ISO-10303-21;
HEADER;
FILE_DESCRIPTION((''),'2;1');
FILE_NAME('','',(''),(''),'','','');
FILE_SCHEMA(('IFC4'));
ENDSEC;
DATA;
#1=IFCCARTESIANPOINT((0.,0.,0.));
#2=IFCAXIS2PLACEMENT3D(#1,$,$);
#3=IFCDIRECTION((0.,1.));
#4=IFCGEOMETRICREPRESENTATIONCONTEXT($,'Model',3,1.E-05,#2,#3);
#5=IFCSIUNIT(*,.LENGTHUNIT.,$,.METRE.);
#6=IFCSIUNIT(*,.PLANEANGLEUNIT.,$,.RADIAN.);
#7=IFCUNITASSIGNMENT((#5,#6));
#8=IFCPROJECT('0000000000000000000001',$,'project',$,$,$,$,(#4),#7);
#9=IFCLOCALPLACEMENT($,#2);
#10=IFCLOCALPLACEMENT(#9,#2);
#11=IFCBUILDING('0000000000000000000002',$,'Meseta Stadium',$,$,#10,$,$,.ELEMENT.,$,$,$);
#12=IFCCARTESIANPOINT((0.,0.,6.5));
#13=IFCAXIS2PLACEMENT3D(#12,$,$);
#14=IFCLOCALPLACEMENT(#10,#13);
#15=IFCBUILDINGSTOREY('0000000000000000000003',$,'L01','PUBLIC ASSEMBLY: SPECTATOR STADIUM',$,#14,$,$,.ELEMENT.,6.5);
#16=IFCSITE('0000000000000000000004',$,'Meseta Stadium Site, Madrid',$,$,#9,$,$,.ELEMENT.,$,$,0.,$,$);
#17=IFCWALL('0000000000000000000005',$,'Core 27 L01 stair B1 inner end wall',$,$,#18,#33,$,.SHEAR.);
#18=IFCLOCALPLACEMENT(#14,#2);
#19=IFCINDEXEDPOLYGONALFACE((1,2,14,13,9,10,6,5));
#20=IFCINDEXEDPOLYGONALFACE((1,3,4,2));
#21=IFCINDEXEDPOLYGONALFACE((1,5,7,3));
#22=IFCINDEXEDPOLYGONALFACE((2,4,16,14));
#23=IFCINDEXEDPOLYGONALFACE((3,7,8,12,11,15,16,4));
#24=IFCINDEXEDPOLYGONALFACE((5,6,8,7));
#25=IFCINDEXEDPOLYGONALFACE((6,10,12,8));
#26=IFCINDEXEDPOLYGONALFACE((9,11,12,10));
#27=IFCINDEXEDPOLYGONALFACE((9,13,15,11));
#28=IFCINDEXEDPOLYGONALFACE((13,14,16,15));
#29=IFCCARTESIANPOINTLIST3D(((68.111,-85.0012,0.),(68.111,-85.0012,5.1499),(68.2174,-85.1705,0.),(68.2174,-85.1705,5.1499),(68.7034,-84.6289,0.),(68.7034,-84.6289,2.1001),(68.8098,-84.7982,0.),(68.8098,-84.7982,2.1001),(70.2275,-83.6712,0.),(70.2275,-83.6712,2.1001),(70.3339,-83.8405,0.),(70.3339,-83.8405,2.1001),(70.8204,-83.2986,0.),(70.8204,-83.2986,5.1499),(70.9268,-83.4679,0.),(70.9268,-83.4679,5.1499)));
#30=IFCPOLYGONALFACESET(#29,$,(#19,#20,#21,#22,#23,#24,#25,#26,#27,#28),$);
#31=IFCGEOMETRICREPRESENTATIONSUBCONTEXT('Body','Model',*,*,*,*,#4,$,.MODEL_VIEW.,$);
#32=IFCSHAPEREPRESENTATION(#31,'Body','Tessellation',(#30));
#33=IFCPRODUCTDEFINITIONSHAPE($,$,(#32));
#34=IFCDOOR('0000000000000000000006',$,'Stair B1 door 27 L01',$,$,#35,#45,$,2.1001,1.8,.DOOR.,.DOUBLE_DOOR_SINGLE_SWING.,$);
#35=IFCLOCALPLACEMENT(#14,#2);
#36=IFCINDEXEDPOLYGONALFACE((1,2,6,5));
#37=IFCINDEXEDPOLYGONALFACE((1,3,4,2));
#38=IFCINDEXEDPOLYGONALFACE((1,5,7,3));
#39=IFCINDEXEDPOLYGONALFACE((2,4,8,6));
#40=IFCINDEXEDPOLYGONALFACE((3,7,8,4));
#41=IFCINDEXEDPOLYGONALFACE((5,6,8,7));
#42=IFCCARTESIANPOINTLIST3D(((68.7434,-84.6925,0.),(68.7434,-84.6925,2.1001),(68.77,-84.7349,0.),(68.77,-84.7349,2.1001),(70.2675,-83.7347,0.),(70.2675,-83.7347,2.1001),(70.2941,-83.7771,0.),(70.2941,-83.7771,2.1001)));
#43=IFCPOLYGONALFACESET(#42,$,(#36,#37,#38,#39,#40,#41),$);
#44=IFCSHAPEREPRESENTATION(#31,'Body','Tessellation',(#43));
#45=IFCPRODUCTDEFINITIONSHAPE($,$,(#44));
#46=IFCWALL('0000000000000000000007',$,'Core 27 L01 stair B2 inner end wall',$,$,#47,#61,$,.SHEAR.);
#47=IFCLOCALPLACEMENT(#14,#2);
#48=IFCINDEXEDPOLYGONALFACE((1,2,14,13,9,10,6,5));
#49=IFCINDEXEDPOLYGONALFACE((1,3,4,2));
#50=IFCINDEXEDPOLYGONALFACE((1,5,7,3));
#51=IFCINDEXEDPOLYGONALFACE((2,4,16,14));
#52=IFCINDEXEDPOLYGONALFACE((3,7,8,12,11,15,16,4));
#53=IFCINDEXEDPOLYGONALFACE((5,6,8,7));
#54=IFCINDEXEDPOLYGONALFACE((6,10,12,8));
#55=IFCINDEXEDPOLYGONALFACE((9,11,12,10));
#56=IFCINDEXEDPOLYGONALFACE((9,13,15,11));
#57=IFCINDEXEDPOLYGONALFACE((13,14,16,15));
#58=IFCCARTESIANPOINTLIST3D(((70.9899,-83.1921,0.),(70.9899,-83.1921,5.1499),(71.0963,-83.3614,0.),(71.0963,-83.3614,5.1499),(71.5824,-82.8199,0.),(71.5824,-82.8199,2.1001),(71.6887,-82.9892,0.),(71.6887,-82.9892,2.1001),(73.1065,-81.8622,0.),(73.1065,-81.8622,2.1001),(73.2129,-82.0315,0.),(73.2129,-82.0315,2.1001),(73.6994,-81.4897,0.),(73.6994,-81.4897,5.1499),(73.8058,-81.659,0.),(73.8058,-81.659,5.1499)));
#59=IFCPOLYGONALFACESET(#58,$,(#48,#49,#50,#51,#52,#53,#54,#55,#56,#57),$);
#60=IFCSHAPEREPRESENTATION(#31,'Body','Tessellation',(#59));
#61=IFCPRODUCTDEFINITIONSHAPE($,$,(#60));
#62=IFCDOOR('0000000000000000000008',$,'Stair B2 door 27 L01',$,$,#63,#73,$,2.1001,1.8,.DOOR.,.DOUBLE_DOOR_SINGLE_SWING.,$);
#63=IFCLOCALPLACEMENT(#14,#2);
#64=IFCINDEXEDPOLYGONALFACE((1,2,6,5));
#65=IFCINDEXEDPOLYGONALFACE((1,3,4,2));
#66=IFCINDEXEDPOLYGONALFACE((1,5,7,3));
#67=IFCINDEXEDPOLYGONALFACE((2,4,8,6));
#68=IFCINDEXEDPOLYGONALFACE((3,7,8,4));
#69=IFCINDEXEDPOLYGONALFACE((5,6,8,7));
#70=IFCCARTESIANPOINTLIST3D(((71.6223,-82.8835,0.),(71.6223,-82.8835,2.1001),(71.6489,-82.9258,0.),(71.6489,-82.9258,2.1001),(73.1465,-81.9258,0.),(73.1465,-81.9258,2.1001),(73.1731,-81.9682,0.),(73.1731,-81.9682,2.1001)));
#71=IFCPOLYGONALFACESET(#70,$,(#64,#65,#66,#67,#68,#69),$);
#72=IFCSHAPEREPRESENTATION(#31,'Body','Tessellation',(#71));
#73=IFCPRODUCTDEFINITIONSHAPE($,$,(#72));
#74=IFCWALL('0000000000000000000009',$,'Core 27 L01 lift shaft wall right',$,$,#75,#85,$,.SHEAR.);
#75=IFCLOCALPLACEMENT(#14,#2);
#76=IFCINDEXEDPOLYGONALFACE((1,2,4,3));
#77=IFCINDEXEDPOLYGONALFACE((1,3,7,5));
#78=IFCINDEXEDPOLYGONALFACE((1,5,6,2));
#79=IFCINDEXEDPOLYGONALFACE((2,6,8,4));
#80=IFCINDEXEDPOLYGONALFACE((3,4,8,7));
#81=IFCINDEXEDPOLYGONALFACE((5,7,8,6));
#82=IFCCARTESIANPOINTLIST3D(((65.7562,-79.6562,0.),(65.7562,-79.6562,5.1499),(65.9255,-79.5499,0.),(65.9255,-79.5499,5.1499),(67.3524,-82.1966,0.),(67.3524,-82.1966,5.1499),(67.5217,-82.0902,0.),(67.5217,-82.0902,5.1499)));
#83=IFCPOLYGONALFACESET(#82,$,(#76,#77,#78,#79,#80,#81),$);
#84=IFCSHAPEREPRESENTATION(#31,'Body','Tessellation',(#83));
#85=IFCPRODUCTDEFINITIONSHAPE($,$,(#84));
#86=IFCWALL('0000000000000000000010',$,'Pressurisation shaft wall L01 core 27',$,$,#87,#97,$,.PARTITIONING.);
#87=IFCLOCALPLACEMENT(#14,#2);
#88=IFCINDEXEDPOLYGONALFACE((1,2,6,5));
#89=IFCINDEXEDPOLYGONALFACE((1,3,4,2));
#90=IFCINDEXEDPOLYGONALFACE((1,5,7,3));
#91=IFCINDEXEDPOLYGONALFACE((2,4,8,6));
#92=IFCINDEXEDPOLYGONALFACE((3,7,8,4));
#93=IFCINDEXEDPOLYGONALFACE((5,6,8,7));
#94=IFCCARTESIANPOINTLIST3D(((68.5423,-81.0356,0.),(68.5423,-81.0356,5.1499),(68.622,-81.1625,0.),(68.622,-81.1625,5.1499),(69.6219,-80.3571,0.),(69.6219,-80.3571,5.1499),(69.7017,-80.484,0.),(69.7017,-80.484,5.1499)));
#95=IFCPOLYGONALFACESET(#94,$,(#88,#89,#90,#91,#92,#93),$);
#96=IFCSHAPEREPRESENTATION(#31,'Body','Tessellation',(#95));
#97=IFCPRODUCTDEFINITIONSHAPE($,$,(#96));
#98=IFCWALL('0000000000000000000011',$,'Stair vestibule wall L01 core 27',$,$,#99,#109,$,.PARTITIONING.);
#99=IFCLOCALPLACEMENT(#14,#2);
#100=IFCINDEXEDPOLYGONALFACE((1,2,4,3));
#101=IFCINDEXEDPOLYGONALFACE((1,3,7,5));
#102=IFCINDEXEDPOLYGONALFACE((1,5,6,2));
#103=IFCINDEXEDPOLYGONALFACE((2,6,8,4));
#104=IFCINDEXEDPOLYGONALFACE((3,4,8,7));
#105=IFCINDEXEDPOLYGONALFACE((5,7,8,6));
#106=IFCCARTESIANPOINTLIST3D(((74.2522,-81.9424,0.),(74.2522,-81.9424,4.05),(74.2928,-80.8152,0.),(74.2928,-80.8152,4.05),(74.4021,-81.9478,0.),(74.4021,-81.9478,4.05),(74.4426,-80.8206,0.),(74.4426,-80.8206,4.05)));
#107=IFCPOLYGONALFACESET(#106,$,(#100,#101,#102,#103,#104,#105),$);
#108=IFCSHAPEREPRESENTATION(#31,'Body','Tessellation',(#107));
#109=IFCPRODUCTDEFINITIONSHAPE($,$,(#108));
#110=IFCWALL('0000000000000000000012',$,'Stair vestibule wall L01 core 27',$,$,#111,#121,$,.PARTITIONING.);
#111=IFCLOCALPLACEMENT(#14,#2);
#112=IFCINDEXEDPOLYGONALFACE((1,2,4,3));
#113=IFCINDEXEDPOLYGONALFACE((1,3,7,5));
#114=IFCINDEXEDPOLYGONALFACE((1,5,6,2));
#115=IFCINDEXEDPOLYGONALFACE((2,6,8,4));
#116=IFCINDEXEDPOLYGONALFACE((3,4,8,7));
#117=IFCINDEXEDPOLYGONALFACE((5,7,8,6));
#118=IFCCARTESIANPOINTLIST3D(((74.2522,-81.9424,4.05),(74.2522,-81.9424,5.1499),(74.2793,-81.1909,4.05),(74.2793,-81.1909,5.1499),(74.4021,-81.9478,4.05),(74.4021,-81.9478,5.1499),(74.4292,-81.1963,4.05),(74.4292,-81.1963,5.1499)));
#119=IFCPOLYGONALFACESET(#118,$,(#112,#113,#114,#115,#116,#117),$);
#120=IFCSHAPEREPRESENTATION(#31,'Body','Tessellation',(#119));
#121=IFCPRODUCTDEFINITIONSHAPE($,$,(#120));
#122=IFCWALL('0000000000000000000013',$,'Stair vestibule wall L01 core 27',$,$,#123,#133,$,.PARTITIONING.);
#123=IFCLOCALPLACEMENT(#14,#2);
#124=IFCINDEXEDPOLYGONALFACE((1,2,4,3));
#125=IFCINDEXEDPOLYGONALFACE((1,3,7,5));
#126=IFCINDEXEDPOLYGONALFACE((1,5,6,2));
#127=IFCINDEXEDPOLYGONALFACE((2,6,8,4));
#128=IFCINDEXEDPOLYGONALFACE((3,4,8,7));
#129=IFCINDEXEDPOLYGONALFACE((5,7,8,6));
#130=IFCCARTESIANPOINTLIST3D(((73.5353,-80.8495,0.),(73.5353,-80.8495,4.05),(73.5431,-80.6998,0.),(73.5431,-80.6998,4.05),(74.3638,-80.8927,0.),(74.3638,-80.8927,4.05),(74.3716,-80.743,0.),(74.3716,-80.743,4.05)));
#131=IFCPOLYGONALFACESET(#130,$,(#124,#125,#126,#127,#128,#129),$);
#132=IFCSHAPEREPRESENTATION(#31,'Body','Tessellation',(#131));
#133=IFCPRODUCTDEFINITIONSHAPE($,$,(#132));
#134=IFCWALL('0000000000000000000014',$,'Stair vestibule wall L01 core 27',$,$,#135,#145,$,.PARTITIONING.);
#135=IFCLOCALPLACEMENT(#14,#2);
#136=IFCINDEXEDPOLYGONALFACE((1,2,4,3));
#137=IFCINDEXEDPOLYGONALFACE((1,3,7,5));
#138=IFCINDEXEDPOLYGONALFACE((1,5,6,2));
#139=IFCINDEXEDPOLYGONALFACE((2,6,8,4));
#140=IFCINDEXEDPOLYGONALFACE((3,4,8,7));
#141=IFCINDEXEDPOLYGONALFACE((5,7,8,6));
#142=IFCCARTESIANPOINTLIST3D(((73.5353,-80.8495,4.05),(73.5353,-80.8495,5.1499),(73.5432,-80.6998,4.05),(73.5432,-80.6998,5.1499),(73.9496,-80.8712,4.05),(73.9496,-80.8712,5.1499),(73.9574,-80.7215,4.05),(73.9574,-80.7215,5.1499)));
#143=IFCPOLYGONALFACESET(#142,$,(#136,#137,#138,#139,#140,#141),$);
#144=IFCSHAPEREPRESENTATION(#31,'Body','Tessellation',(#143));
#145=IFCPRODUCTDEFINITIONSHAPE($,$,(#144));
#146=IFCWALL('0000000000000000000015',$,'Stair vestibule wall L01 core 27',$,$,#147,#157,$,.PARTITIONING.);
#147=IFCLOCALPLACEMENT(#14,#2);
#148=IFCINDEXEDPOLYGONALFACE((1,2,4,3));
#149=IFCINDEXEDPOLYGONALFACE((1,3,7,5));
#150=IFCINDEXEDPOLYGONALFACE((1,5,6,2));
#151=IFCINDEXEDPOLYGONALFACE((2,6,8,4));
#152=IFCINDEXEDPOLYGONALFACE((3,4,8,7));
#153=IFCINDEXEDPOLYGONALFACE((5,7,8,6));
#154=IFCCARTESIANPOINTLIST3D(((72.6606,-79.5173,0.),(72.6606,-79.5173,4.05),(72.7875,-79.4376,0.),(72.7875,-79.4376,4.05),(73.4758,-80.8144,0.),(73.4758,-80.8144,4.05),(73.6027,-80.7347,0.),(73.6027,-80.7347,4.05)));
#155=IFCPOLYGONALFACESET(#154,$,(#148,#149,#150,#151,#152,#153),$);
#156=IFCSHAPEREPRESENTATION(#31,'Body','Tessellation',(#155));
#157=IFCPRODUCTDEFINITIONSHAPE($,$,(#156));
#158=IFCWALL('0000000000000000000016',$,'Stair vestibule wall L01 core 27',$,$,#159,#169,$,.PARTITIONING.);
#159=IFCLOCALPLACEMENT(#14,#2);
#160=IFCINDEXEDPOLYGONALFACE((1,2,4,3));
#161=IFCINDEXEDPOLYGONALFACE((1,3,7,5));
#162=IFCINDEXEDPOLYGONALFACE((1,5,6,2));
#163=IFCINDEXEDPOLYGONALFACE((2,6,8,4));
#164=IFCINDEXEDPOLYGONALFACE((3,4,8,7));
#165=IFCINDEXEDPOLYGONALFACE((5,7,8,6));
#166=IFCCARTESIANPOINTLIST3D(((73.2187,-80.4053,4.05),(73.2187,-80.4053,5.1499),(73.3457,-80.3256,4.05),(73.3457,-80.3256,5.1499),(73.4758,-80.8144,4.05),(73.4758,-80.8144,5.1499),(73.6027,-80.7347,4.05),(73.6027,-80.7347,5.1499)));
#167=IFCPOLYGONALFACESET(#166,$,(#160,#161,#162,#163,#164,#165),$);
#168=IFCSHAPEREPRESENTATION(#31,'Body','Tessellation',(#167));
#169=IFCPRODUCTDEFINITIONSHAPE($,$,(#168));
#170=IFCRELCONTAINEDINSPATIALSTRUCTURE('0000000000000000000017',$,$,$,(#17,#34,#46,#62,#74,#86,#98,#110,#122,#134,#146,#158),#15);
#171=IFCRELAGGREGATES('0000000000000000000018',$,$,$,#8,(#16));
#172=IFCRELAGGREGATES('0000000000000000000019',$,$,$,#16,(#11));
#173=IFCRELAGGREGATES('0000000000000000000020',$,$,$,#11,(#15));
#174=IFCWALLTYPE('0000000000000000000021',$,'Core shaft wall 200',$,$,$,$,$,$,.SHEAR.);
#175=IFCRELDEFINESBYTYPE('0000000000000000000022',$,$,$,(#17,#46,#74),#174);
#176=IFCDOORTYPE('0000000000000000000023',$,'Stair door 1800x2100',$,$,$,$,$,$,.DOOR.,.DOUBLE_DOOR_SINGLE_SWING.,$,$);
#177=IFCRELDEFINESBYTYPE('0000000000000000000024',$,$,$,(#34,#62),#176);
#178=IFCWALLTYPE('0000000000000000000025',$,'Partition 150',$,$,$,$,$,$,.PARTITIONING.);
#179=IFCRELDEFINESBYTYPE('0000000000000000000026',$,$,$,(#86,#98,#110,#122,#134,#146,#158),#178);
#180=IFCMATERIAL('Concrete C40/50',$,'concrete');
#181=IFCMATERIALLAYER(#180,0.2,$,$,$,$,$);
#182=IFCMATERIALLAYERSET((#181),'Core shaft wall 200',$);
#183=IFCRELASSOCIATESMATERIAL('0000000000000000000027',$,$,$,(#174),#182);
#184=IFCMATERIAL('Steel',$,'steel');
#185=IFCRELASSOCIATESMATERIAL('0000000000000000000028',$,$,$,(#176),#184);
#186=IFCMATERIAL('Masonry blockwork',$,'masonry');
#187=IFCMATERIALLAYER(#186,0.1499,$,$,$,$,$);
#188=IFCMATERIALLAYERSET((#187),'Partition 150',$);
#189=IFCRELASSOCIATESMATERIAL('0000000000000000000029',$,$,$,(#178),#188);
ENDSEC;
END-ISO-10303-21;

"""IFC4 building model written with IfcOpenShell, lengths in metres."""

from ifc_helpers import new_model, si_unit, direction, frame, frame_2d, origin, place, context, subcontext, project, spatial, rectangle, extrude, material, layer, layer_set, type_object, element, fill, save


model = new_model("IFC4")

# Units and contexts
model_context = context("Model", 3, precision=1e-05, world=origin(), true_north=direction((0.0, 1.0)))
body_context = subcontext(model_context, "Body", "Model", "MODEL_VIEW")
ifc_project = project(units=[si_unit("LENGTHUNIT", "METRE"), si_unit("PLANEANGLEUNIT", "RADIAN")], contexts=[model_context])

# Site, building, storey
site_placement = place(None, origin())
site = spatial("IfcSite", under=ifc_project, at=site_placement, Name="Meseta Stadium Site, Madrid", CompositionType="ELEMENT", RefElevation=0.0)
building_placement = place(site_placement, origin())
building = spatial("IfcBuilding", under=site, at=building_placement, Name="Meseta Stadium", CompositionType="ELEMENT")
storey_placement = place(building_placement, frame((0.0, 0.0, 6.5)))
storey = spatial("IfcBuildingStorey", under=building, at=storey_placement, Name="L01", Description="PUBLIC ASSEMBLY: SPECTATOR STADIUM", CompositionType="ELEMENT", Elevation=6.5)

# Walls, openings, doors
ifc_material_1 = material(Name="Concrete C40/50", Category="concrete")
ifc_layer_1 = layer(ifc_material_1, 0.2)
ifc_layer_set_1 = layer_set([ifc_layer_1], Name="Core shaft wall 200")
wall_type_1 = type_object("IfcWallType", Name="Core shaft wall 200", PredefinedType="SHEAR", material=ifc_layer_set_1)
wall_1_placement = place(storey_placement, frame((68.1641, -85.0859, 0.0), z_axis=(0.0, 0.0, 1.0), x_axis=(0.846701, 0.532068, 0.0)))
wall_1 = element("IfcWall", 1, at=wall_1_placement, inside=storey, type_object=wall_type_1, Name="Core 27 L01 stair B1 inner end wall", PredefinedType="SHEAR", context=body_context, shape_type="SweptSolid", body=[
    extrude(rectangle(XDim=3.2, YDim=0.2, at=frame_2d((1.6001, 0.0))), origin(), (0.0, 0.0, 1.0), 5.1499),
])
opening_1_placement = place(wall_1_placement, frame((0.7, 0.0, 0.0)))
opening_1 = element("IfcOpeningElement", 2, at=opening_1_placement, cuts=wall_1, PredefinedType="OPENING", context=body_context, shape_type="SweptSolid", body=[
    extrude(rectangle(XDim=1.8, YDim=2.1001, at=frame_2d((0.8999, 1.05))), frame((0.0, 0.1099, 0.0), z_axis=(0.0, -1.0, 0.0), x_axis=(1.0, 0.0, 0.0)), (0.0, 0.0, 1.0), 0.22),
])
ifc_material_2 = material(Name="Steel", Category="steel")
door_type = type_object("IfcDoorType", Name="Stair door 1800x2100", OperationType="DOUBLE_DOOR_SINGLE_SWING", PredefinedType="DOOR", material=ifc_material_2)
door_1_placement = place(opening_1_placement, origin())
door_1 = element("IfcDoor", 3, at=door_1_placement, inside=storey, type_object=door_type, Name="Stair B1 door 27 L01", OperationType="DOUBLE_DOOR_SINGLE_SWING", OverallHeight=2.1001, OverallWidth=1.8, PredefinedType="DOOR", context=body_context, shape_type="SweptSolid", body=[
    extrude(rectangle(XDim=1.8, YDim=2.1001, at=frame_2d((0.8999, 1.05))), frame((0.0, 0.0249, 0.0), z_axis=(0.0, -1.0, 0.0), x_axis=(1.0, 0.0, 0.0)), (0.0, 0.0, 1.0), 0.05),
])
fill(opening_1, door_1)
wall_2_placement = place(storey_placement, frame((71.043, -83.2769, 0.0), z_axis=(0.0, 0.0, 1.0), x_axis=(0.846736, 0.532014, 0.0)))
wall_2 = element("IfcWall", 4, at=wall_2_placement, inside=storey, type_object=wall_type_1, Name="Core 27 L01 stair B2 inner end wall", PredefinedType="SHEAR", context=body_context, shape_type="SweptSolid", body=[
    extrude(rectangle(XDim=3.2, YDim=0.2, at=frame_2d((1.6001, 0.0))), origin(), (0.0, 0.0, 1.0), 5.1499),
])
opening_2_placement = place(wall_2_placement, frame((0.7, 0.0, 0.0)))
opening_2 = element("IfcOpeningElement", 5, at=opening_2_placement, cuts=wall_2, PredefinedType="OPENING", context=body_context, shape_type="SweptSolid", body=[
    extrude(rectangle(XDim=1.8, YDim=2.1001, at=frame_2d((0.8999, 1.05))), frame((0.0, 0.1099, 0.0), z_axis=(0.0, -1.0, 0.0), x_axis=(1.0, 0.0, 0.0)), (0.0, 0.0, 1.0), 0.22),
])
door_2_placement = place(opening_2_placement, origin())
door_2 = element("IfcDoor", 6, at=door_2_placement, inside=storey, type_object=door_type, Name="Stair B2 door 27 L01", OperationType="DOUBLE_DOOR_SINGLE_SWING", OverallHeight=2.1001, OverallWidth=1.8, PredefinedType="DOOR", context=body_context, shape_type="SweptSolid", body=[
    extrude(rectangle(XDim=1.8, YDim=2.1001, at=frame_2d((0.8999, 1.05))), frame((0.0, 0.0249, 0.0), z_axis=(0.0, -1.0, 0.0), x_axis=(1.0, 0.0, 0.0)), (0.0, 0.0, 1.0), 0.05),
])
fill(opening_2, door_2)

# Walls
wall_3_placement = place(storey_placement, frame((67.437, -82.1433, 0.0), z_axis=(0.0, 0.0, 1.0), x_axis=(-0.532038, 0.84672, 0.0)))
element("IfcWall", 7, at=wall_3_placement, inside=storey, type_object=wall_type_1, Name="Core 27 L01 lift shaft wall right", PredefinedType="SHEAR", context=body_context, shape_type="SweptSolid", body=[
    extrude(rectangle(XDim=3.0002, YDim=0.2, at=frame_2d((1.5, 0.0))), origin(), (0.0, 0.0, 1.0), 5.1499),
])
ifc_material_3 = material(Name="Masonry blockwork", Category="masonry")
ifc_layer_2 = layer(ifc_material_3, 0.1499)
ifc_layer_set_2 = layer_set([ifc_layer_2], Name="Partition 150")
wall_type_2 = type_object("IfcWallType", Name="Partition 150", PredefinedType="PARTITIONING", material=ifc_layer_set_2)
wall_4_placement = place(storey_placement, frame((68.582, -81.0991, 0.0), z_axis=(0.0, 0.0, 1.0), x_axis=(0.846683, 0.532097, 0.0)))
element("IfcWall", 8, at=wall_4_placement, inside=storey, type_object=wall_type_2, Name="Pressurisation shaft wall L01 core 27", PredefinedType="PARTITIONING", context=body_context, shape_type="SweptSolid", body=[
    extrude(rectangle(XDim=1.2751, YDim=0.1499, at=frame_2d((0.6377, 0.0))), origin(), (0.0, 0.0, 1.0), 5.1499),
])
wall_5_placement = place(storey_placement, frame((74.3271, -81.9451, 0.0), z_axis=(0.0, 0.0, 1.0), x_axis=(0.035931, 0.999354, 0.0)))
element("IfcWall", 9, at=wall_5_placement, inside=storey, type_object=wall_type_2, Name="Stair vestibule wall L01 core 27", PredefinedType="PARTITIONING", context=body_context, shape_type="SweptSolid", body=[
    extrude(rectangle(XDim=1.1279, YDim=0.1499, at=frame_2d((0.564, 0.0))), origin(), (0.0, 0.0, 1.0), 4.05),
])
wall_6_placement = place(storey_placement, frame((74.3271, -81.9451, 4.05), z_axis=(0.0, 0.0, 1.0), x_axis=(0.036039, 0.99935, 0.0)))
element("IfcWall", 10, at=wall_6_placement, inside=storey, type_object=wall_type_2, Name="Stair vestibule wall L01 core 27", PredefinedType="PARTITIONING", context=body_context, shape_type="SweptSolid", body=[
    extrude(rectangle(XDim=0.752, YDim=0.1499, at=frame_2d((0.376, 0.0))), origin(), (0.0, 0.0, 1.0), 1.0999),
])
wall_7_placement = place(storey_placement, frame((74.3677, -80.8179, 0.0), z_axis=(0.0, 0.0, 1.0), x_axis=(-0.998642, 0.052095, 0.0)))
element("IfcWall", 11, at=wall_7_placement, inside=storey, type_object=wall_type_2, Name="Stair vestibule wall L01 core 27", PredefinedType="PARTITIONING", context=body_context, shape_type="SweptSolid", body=[
    extrude(rectangle(XDim=0.8296, YDim=0.1499, at=frame_2d((0.4148, 0.0))), origin(), (0.0, 0.0, 1.0), 4.05),
])
wall_8_placement = place(storey_placement, frame((73.9536, -80.7964, 4.05), z_axis=(0.0, 0.0, 1.0), x_axis=(-0.998628, 0.052374, 0.0)))
element("IfcWall", 12, at=wall_8_placement, inside=storey, type_object=wall_type_2, Name="Stair vestibule wall L01 core 27", PredefinedType="PARTITIONING", context=body_context, shape_type="SweptSolid", body=[
    extrude(rectangle(XDim=0.4148, YDim=0.1499, at=frame_2d((0.2075, 0.0))), origin(), (0.0, 0.0, 1.0), 1.0999),
])
wall_9_placement = place(storey_placement, frame((73.5393, -80.7747, 0.0), z_axis=(0.0, 0.0, 1.0), x_axis=(-0.532103, 0.84668, 0.0)))
element("IfcWall", 13, at=wall_9_placement, inside=storey, type_object=wall_type_2, Name="Stair vestibule wall L01 core 27", PredefinedType="PARTITIONING", context=body_context, shape_type="SweptSolid", body=[
    extrude(rectangle(XDim=1.532, YDim=0.1499, at=frame_2d((0.7661, 0.0))), origin(), (0.0, 0.0, 1.0), 4.05),
])
wall_10_placement = place(storey_placement, frame((73.5393, -80.7747, 4.05), z_axis=(0.0, 0.0, 1.0), x_axis=(-0.531996, 0.846747, 0.0)))
element("IfcWall", 14, at=wall_10_placement, inside=storey, type_object=wall_type_2, Name="Stair vestibule wall L01 core 27", PredefinedType="PARTITIONING", context=body_context, shape_type="SweptSolid", body=[
    extrude(rectangle(XDim=0.4832, YDim=0.1499, at=frame_2d((0.2417, 0.0))), origin(), (0.0, 0.0, 1.0), 1.0999),
])

save(model, "model.ifc")
